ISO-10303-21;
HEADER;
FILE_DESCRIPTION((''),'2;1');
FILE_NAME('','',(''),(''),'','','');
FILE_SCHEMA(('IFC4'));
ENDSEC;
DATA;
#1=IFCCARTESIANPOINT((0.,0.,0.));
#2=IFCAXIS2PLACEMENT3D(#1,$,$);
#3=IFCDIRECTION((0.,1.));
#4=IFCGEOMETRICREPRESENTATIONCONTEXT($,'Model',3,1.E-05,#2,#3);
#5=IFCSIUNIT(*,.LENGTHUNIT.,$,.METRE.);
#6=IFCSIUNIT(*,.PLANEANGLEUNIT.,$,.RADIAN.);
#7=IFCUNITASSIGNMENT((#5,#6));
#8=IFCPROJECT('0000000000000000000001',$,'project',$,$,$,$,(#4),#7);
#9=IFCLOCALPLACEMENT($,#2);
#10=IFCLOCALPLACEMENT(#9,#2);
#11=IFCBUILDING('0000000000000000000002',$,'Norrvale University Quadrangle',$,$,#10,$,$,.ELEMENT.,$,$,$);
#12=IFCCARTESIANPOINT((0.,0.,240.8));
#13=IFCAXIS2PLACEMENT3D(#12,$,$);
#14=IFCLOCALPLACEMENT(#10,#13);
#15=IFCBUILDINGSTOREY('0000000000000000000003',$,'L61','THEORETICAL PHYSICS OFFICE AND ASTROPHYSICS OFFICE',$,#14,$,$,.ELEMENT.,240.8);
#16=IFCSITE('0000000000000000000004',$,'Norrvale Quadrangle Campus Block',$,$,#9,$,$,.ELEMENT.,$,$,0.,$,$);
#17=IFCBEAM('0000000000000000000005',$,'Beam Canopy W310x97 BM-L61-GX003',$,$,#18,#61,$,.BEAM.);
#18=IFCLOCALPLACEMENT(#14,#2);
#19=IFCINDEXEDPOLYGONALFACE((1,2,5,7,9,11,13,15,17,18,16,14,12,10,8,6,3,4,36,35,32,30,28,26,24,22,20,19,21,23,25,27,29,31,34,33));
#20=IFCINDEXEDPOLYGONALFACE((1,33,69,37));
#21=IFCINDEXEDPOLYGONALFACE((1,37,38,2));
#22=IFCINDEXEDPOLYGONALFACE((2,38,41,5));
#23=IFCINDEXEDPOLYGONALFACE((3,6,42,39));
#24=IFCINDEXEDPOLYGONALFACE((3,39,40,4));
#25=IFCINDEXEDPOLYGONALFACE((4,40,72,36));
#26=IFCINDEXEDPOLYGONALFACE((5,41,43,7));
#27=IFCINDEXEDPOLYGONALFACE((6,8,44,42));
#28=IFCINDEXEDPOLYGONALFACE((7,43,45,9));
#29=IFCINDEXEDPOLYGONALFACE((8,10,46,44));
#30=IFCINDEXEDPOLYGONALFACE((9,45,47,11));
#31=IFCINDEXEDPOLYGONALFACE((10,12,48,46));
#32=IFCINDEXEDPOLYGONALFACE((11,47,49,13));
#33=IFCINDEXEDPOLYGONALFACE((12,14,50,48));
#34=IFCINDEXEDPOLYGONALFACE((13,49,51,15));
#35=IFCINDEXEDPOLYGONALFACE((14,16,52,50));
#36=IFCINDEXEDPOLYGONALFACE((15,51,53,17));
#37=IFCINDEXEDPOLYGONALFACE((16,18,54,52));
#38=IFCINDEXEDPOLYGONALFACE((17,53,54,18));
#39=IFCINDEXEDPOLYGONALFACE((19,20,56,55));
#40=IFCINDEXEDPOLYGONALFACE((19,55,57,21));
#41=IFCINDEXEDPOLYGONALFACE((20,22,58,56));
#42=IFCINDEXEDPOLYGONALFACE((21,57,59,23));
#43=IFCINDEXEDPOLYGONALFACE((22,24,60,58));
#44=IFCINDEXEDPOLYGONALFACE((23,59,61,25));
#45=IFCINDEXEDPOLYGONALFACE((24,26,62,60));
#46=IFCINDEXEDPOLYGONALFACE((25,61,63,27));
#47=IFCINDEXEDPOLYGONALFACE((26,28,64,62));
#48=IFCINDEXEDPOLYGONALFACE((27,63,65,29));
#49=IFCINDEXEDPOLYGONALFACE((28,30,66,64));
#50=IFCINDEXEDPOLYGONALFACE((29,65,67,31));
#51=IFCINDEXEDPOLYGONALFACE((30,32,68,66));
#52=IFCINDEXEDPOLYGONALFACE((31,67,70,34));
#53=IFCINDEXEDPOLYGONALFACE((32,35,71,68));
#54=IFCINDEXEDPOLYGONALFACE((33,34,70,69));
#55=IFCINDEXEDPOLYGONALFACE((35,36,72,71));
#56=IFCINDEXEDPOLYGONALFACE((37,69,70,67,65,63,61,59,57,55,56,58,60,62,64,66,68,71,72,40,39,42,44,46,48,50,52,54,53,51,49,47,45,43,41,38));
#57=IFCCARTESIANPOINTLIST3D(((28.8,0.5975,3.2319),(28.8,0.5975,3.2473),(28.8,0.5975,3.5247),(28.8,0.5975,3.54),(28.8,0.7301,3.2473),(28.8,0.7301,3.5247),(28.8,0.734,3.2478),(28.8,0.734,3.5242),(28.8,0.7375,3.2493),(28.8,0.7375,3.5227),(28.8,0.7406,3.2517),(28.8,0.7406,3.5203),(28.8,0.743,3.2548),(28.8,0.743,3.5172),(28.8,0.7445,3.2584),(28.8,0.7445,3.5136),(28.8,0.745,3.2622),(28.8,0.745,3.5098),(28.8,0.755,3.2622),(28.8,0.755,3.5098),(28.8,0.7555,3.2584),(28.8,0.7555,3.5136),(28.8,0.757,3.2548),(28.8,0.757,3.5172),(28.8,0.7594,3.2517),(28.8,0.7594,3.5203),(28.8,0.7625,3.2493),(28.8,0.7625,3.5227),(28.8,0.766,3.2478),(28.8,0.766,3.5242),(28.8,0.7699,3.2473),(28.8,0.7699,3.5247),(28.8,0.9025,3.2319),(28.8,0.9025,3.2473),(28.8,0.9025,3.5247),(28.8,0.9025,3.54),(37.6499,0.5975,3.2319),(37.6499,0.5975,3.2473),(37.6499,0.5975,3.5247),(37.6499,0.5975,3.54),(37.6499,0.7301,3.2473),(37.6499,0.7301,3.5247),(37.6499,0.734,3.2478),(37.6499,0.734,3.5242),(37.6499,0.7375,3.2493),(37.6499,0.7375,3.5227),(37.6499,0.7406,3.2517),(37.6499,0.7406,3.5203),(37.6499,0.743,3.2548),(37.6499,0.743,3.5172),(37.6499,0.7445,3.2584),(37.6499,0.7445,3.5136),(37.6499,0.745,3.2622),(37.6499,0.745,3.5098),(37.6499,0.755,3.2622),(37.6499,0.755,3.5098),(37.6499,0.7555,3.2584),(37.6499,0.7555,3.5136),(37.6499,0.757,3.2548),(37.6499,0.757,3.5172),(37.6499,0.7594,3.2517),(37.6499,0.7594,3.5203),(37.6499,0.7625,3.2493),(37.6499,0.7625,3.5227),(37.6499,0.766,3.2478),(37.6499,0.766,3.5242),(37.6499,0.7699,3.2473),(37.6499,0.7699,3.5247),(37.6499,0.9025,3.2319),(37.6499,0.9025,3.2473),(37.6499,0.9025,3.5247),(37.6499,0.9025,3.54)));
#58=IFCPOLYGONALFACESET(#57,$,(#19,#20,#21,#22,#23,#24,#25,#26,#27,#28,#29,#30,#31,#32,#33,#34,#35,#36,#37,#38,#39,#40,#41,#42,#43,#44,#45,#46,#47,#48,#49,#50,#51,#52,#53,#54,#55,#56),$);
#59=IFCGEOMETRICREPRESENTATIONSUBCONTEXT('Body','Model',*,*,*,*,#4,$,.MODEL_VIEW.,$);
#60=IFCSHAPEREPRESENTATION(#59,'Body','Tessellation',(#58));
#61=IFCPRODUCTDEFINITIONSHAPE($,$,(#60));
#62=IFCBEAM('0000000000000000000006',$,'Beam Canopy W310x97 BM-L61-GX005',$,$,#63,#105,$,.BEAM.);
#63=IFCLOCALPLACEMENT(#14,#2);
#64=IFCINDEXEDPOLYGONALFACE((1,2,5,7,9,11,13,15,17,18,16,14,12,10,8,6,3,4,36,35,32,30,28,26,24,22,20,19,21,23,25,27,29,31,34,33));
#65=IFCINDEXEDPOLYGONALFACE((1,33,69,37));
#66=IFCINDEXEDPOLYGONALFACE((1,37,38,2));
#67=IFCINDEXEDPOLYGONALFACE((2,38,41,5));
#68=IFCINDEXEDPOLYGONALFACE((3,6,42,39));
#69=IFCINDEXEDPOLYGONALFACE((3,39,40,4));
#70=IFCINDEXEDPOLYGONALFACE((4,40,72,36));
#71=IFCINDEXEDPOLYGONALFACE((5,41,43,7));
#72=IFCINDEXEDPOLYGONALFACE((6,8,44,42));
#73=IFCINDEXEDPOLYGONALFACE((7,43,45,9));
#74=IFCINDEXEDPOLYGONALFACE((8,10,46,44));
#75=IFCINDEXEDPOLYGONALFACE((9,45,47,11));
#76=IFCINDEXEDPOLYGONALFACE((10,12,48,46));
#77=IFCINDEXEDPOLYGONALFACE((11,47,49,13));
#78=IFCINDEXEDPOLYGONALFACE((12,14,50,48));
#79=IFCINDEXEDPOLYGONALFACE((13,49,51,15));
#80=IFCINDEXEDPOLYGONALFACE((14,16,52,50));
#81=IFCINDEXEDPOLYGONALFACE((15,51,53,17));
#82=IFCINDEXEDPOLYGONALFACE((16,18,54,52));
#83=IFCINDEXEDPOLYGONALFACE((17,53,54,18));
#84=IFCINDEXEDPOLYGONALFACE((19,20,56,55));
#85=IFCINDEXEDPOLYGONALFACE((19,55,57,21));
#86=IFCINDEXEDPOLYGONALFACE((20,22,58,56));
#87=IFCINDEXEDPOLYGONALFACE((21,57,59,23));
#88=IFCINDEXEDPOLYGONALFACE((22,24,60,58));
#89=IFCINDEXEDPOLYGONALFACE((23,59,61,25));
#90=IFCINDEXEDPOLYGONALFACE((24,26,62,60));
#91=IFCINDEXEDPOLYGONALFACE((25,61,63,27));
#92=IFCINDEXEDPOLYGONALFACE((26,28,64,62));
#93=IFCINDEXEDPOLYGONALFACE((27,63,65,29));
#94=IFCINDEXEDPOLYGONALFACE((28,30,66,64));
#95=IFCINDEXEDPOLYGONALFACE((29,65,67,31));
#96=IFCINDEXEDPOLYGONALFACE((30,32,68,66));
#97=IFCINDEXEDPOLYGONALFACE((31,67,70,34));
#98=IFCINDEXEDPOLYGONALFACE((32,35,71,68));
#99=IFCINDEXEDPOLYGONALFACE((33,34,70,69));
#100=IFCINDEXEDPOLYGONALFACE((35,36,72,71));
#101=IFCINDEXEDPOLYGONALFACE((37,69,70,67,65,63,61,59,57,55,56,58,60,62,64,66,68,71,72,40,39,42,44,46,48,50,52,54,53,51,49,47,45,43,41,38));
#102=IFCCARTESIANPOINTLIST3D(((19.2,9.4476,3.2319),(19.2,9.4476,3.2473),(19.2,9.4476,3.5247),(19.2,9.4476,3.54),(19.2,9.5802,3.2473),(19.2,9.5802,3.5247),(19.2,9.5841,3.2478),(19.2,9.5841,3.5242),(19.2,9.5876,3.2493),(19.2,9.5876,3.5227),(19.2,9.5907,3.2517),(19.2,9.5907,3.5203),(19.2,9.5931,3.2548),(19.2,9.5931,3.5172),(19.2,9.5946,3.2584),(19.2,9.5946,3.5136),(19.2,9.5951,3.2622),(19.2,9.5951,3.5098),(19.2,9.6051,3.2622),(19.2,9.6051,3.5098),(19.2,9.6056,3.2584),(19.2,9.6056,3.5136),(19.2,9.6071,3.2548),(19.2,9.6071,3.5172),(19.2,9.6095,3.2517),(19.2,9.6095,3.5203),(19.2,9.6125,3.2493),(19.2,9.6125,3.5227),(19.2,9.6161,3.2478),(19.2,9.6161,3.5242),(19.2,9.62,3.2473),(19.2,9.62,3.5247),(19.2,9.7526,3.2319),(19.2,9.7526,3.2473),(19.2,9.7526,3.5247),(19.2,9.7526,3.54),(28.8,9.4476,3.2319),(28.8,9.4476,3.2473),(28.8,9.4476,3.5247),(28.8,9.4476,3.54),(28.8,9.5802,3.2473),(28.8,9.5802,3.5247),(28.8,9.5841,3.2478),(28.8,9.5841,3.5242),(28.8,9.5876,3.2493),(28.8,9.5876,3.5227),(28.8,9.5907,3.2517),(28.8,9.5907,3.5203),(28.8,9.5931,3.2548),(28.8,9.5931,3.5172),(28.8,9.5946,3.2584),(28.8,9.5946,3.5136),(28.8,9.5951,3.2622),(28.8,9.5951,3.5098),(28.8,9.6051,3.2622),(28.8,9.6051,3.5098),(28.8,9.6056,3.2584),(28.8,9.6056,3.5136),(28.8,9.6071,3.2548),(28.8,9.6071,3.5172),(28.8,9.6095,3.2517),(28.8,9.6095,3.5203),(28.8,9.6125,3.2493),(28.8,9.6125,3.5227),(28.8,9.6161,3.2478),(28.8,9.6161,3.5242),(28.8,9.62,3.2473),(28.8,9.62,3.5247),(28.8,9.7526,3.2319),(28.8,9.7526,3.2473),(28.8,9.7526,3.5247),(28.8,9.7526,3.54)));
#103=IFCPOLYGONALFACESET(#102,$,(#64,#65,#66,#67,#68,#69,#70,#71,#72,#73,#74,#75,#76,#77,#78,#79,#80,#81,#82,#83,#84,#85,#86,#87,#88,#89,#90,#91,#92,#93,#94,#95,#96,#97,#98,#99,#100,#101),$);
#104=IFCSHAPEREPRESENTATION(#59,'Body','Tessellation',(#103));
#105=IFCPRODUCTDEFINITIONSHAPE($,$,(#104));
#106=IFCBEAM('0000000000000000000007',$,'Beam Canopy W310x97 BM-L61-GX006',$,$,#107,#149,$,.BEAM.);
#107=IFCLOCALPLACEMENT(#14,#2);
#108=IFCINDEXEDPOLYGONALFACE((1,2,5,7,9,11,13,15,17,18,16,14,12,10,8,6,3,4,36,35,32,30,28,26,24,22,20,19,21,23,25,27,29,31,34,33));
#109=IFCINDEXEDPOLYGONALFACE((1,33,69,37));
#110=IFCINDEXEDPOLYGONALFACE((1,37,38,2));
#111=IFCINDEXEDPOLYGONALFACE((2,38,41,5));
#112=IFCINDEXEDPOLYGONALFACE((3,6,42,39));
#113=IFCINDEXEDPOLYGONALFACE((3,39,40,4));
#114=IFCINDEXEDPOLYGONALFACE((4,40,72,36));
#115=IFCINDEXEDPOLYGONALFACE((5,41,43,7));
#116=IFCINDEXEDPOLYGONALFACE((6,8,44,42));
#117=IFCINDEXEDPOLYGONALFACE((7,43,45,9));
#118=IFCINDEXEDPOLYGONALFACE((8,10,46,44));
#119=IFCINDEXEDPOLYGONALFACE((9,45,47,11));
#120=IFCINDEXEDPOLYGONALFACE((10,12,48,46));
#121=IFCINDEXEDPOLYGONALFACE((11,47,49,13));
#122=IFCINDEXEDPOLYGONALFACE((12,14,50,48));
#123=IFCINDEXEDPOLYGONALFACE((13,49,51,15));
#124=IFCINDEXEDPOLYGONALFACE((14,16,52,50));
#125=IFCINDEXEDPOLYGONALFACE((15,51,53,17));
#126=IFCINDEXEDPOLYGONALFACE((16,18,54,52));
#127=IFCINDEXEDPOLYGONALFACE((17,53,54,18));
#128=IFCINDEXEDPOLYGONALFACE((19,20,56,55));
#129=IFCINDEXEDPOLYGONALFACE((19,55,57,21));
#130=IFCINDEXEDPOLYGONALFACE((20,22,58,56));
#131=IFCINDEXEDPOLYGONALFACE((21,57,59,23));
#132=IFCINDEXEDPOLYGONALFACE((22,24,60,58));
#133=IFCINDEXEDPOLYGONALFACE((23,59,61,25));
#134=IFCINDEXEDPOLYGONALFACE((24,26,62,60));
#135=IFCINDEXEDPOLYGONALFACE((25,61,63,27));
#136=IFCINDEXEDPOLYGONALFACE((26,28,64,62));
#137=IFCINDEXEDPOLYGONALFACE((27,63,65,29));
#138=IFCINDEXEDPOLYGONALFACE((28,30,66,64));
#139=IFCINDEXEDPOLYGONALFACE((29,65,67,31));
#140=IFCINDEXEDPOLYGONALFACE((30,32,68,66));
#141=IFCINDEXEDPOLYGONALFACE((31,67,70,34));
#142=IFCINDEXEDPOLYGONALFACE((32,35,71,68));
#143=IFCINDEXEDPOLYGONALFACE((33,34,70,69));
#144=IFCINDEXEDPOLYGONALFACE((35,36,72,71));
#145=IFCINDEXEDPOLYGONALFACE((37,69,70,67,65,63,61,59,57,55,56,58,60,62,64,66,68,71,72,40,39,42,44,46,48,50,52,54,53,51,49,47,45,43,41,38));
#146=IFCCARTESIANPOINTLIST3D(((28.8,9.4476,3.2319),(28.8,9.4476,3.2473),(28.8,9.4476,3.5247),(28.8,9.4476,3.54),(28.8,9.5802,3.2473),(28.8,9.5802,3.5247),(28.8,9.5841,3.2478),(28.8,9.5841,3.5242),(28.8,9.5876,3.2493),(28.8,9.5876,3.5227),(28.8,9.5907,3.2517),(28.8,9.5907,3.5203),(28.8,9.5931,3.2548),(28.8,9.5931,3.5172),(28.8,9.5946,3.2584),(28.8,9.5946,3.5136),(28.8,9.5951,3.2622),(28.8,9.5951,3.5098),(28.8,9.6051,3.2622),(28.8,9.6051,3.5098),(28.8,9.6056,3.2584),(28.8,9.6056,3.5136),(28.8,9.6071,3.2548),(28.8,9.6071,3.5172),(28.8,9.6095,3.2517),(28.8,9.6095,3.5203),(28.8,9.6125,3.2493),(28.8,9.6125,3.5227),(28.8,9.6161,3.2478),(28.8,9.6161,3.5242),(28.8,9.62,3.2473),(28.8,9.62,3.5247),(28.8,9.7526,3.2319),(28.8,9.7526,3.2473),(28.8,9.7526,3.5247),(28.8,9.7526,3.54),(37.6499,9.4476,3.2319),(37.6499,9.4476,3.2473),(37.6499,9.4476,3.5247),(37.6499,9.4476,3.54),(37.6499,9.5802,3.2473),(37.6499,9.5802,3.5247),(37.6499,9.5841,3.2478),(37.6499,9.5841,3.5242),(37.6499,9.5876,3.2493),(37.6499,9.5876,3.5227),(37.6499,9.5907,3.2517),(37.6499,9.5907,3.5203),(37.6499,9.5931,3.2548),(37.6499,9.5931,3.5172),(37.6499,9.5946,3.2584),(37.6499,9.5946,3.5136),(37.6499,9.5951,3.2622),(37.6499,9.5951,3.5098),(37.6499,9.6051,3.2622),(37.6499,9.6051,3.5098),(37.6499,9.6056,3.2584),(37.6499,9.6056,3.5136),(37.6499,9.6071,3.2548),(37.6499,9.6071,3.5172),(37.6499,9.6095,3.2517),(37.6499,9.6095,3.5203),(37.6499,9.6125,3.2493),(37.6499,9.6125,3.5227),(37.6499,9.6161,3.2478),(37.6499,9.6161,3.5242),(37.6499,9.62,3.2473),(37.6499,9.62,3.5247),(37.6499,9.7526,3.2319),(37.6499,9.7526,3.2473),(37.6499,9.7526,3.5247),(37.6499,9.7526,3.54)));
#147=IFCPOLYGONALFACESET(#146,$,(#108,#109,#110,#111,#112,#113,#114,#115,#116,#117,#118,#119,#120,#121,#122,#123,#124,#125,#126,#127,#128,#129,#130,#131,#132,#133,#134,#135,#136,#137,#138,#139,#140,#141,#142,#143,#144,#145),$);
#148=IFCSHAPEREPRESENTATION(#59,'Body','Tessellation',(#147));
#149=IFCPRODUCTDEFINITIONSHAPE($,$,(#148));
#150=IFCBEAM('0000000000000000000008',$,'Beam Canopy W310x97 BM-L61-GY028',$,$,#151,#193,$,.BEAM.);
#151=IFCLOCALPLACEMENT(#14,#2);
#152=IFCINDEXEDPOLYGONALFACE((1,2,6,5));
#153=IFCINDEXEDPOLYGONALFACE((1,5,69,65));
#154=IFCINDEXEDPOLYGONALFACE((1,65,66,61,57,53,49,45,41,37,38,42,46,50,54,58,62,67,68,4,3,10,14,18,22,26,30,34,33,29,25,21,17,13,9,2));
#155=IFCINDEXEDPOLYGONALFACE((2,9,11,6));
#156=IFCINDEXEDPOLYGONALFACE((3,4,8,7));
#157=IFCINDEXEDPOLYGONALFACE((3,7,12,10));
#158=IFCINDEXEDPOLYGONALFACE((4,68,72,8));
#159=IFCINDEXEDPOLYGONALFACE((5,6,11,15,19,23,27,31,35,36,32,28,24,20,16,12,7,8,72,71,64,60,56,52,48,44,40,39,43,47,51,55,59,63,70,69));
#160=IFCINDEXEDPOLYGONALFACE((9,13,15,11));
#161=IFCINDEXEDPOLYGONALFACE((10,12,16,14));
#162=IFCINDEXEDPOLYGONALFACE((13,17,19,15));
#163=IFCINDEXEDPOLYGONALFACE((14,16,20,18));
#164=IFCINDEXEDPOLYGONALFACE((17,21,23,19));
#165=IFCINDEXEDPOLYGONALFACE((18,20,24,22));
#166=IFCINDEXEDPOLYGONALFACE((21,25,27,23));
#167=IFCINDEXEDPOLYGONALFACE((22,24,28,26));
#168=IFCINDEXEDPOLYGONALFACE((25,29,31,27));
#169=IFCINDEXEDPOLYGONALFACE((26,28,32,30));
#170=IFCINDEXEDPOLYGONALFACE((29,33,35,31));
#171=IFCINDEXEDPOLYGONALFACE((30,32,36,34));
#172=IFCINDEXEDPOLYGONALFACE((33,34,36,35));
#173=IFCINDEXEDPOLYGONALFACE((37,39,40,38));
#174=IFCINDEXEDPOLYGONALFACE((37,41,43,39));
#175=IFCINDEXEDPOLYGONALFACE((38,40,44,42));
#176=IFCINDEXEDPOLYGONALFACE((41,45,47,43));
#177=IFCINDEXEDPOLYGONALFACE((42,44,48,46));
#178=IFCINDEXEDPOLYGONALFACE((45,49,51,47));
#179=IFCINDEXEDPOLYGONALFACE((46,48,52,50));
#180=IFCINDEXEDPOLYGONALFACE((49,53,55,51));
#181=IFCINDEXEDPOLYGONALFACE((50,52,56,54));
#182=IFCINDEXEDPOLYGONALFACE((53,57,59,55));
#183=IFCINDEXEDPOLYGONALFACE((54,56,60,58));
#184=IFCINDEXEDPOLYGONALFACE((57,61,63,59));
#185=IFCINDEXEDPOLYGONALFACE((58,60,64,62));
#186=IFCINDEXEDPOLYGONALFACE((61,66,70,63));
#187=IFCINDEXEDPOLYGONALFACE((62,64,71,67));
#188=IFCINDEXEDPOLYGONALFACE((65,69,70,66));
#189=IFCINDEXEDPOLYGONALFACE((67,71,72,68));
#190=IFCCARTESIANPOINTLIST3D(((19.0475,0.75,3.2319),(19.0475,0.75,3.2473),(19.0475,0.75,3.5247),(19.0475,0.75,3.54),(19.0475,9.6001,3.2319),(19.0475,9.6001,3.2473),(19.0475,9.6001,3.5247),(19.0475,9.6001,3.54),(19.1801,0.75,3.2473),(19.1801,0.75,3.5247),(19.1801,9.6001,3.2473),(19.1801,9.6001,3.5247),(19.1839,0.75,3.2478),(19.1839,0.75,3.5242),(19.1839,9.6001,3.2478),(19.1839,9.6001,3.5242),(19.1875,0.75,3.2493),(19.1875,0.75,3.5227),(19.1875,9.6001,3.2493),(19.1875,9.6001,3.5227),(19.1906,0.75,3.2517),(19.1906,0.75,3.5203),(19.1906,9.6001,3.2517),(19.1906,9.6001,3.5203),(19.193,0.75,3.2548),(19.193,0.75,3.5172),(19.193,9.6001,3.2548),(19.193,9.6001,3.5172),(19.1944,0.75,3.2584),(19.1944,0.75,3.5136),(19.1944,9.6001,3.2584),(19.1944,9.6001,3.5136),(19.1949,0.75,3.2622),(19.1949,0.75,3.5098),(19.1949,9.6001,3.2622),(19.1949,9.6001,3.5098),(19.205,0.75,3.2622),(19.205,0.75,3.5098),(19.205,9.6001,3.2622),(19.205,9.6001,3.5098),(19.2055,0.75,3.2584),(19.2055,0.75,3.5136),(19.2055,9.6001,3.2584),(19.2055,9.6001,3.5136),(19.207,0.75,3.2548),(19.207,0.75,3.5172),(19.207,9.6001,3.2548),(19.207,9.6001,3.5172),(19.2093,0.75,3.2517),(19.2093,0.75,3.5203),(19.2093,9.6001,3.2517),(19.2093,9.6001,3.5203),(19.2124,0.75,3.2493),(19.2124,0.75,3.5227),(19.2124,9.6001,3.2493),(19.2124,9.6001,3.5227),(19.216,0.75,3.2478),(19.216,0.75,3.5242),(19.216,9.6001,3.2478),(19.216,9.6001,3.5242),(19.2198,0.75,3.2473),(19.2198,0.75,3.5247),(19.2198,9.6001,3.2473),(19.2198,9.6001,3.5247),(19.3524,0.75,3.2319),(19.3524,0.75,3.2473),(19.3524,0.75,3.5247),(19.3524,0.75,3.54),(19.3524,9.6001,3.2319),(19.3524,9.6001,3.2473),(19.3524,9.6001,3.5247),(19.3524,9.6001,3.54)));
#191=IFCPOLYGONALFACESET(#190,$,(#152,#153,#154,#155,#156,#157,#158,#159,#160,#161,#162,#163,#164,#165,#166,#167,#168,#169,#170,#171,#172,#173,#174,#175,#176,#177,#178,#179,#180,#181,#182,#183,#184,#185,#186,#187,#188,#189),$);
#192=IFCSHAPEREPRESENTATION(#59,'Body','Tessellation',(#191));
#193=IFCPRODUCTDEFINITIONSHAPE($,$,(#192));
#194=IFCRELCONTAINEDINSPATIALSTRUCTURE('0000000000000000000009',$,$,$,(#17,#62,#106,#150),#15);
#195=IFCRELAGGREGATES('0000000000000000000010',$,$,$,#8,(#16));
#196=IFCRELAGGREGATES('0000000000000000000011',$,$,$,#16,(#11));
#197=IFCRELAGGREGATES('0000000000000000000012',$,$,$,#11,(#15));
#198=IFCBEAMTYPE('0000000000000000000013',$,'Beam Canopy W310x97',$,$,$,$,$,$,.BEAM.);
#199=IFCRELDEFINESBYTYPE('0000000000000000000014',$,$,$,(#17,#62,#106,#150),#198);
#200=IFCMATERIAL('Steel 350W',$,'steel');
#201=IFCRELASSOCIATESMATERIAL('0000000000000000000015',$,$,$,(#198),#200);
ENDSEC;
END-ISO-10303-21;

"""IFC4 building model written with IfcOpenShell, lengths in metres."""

from ifc_helpers import new_model, si_unit, direction, frame, origin, origin_2d, place, context, subcontext, project, spatial, i_section, extrude, material, material_profile, profile_set, type_object, element, save


model = new_model("IFC4")

# Units and contexts
model_context = context("Model", 3, precision=1e-05, world=origin(), true_north=direction((0.0, 1.0)))
body_context = subcontext(model_context, "Body", "Model", "MODEL_VIEW")
ifc_project = project(units=[si_unit("LENGTHUNIT", "METRE"), si_unit("PLANEANGLEUNIT", "RADIAN")], contexts=[model_context])

# Site, building, storey
site_placement = place(None, origin())
site = spatial("IfcSite", under=ifc_project, at=site_placement, Name="Norrvale Quadrangle Campus Block", CompositionType="ELEMENT", RefElevation=0.0)
building_placement = place(site_placement, origin())
building = spatial("IfcBuilding", under=site, at=building_placement, Name="Norrvale University Quadrangle", CompositionType="ELEMENT")
storey_placement = place(building_placement, frame((0.0, 0.0, 240.8)))
storey = spatial("IfcBuildingStorey", under=building, at=storey_placement, Name="L61", Description="THEORETICAL PHYSICS OFFICE AND ASTROPHYSICS OFFICE", CompositionType="ELEMENT", Elevation=240.8)

# Beams
ifc_material_1 = material(Name="Steel 350W", Category="steel")
ifc_material_profile_1 = material_profile(ifc_material_1, i_section(OverallWidth=0.3049, OverallDepth=0.3081, WebThickness=0.01, FlangeThickness=0.0154, FilletRadius=0.0149, at=origin_2d()), Name="Steel 350W")
ifc_profile_set_1 = profile_set([ifc_material_profile_1], Name="Steel 350W")
beam_type_1 = type_object("IfcBeamType", Name="Beam Canopy W310x97", PredefinedType="BEAM", material=ifc_profile_set_1)
beam_1_placement = place(storey_placement, frame((28.8, 0.75, 3.386), z_axis=(1.0, 0.0, 0.0), x_axis=(0.0, 1.0, 0.0)))
element("IfcBeam", 1, at=beam_1_placement, inside=storey, type_object=beam_type_1, Name="Beam Canopy W310x97 BM-L61-GX003", PredefinedType="BEAM", context=body_context, shape_type="SweptSolid", body=[
    extrude(i_section(OverallWidth=0.3049, OverallDepth=0.3081, WebThickness=0.01, FlangeThickness=0.0154, FilletRadius=0.0149, at=origin_2d()), origin(), (0.0, 0.0, 1.0), 8.8499),
])
beam_2_placement = place(storey_placement, frame((19.2, 9.6001, 3.386), z_axis=(1.0, 0.0, 0.0), x_axis=(0.0, 1.0, 0.0)))
element("IfcBeam", 2, at=beam_2_placement, inside=storey, type_object=beam_type_1, Name="Beam Canopy W310x97 BM-L61-GX005", PredefinedType="BEAM", context=body_context, shape_type="SweptSolid", body=[
    extrude(i_section(OverallWidth=0.3049, OverallDepth=0.3081, WebThickness=0.01, FlangeThickness=0.0154, FilletRadius=0.0149, at=origin_2d()), origin(), (0.0, 0.0, 1.0), 9.6001),
])
beam_3_placement = place(storey_placement, frame((28.8, 9.6001, 3.386), z_axis=(1.0, 0.0, 0.0), x_axis=(0.0, 1.0, 0.0)))
element("IfcBeam", 3, at=beam_3_placement, inside=storey, type_object=beam_type_1, Name="Beam Canopy W310x97 BM-L61-GX006", PredefinedType="BEAM", context=body_context, shape_type="SweptSolid", body=[
    extrude(i_section(OverallWidth=0.3049, OverallDepth=0.3081, WebThickness=0.01, FlangeThickness=0.0154, FilletRadius=0.0149, at=origin_2d()), origin(), (0.0, 0.0, 1.0), 8.8499),
])
beam_4_placement = place(storey_placement, frame((19.2, 0.75, 3.386), z_axis=(0.0, 1.0, 0.0), x_axis=(-1.0, 0.0, 0.0)))
element("IfcBeam", 4, at=beam_4_placement, inside=storey, type_object=beam_type_1, Name="Beam Canopy W310x97 BM-L61-GY028", PredefinedType="BEAM", context=body_context, shape_type="SweptSolid", body=[
    extrude(i_section(OverallWidth=0.3049, OverallDepth=0.3081, WebThickness=0.01, FlangeThickness=0.0154, FilletRadius=0.0149, at=origin_2d()), origin(), (0.0, 0.0, 1.0), 8.8501),
])

save(model, "model.ifc")
